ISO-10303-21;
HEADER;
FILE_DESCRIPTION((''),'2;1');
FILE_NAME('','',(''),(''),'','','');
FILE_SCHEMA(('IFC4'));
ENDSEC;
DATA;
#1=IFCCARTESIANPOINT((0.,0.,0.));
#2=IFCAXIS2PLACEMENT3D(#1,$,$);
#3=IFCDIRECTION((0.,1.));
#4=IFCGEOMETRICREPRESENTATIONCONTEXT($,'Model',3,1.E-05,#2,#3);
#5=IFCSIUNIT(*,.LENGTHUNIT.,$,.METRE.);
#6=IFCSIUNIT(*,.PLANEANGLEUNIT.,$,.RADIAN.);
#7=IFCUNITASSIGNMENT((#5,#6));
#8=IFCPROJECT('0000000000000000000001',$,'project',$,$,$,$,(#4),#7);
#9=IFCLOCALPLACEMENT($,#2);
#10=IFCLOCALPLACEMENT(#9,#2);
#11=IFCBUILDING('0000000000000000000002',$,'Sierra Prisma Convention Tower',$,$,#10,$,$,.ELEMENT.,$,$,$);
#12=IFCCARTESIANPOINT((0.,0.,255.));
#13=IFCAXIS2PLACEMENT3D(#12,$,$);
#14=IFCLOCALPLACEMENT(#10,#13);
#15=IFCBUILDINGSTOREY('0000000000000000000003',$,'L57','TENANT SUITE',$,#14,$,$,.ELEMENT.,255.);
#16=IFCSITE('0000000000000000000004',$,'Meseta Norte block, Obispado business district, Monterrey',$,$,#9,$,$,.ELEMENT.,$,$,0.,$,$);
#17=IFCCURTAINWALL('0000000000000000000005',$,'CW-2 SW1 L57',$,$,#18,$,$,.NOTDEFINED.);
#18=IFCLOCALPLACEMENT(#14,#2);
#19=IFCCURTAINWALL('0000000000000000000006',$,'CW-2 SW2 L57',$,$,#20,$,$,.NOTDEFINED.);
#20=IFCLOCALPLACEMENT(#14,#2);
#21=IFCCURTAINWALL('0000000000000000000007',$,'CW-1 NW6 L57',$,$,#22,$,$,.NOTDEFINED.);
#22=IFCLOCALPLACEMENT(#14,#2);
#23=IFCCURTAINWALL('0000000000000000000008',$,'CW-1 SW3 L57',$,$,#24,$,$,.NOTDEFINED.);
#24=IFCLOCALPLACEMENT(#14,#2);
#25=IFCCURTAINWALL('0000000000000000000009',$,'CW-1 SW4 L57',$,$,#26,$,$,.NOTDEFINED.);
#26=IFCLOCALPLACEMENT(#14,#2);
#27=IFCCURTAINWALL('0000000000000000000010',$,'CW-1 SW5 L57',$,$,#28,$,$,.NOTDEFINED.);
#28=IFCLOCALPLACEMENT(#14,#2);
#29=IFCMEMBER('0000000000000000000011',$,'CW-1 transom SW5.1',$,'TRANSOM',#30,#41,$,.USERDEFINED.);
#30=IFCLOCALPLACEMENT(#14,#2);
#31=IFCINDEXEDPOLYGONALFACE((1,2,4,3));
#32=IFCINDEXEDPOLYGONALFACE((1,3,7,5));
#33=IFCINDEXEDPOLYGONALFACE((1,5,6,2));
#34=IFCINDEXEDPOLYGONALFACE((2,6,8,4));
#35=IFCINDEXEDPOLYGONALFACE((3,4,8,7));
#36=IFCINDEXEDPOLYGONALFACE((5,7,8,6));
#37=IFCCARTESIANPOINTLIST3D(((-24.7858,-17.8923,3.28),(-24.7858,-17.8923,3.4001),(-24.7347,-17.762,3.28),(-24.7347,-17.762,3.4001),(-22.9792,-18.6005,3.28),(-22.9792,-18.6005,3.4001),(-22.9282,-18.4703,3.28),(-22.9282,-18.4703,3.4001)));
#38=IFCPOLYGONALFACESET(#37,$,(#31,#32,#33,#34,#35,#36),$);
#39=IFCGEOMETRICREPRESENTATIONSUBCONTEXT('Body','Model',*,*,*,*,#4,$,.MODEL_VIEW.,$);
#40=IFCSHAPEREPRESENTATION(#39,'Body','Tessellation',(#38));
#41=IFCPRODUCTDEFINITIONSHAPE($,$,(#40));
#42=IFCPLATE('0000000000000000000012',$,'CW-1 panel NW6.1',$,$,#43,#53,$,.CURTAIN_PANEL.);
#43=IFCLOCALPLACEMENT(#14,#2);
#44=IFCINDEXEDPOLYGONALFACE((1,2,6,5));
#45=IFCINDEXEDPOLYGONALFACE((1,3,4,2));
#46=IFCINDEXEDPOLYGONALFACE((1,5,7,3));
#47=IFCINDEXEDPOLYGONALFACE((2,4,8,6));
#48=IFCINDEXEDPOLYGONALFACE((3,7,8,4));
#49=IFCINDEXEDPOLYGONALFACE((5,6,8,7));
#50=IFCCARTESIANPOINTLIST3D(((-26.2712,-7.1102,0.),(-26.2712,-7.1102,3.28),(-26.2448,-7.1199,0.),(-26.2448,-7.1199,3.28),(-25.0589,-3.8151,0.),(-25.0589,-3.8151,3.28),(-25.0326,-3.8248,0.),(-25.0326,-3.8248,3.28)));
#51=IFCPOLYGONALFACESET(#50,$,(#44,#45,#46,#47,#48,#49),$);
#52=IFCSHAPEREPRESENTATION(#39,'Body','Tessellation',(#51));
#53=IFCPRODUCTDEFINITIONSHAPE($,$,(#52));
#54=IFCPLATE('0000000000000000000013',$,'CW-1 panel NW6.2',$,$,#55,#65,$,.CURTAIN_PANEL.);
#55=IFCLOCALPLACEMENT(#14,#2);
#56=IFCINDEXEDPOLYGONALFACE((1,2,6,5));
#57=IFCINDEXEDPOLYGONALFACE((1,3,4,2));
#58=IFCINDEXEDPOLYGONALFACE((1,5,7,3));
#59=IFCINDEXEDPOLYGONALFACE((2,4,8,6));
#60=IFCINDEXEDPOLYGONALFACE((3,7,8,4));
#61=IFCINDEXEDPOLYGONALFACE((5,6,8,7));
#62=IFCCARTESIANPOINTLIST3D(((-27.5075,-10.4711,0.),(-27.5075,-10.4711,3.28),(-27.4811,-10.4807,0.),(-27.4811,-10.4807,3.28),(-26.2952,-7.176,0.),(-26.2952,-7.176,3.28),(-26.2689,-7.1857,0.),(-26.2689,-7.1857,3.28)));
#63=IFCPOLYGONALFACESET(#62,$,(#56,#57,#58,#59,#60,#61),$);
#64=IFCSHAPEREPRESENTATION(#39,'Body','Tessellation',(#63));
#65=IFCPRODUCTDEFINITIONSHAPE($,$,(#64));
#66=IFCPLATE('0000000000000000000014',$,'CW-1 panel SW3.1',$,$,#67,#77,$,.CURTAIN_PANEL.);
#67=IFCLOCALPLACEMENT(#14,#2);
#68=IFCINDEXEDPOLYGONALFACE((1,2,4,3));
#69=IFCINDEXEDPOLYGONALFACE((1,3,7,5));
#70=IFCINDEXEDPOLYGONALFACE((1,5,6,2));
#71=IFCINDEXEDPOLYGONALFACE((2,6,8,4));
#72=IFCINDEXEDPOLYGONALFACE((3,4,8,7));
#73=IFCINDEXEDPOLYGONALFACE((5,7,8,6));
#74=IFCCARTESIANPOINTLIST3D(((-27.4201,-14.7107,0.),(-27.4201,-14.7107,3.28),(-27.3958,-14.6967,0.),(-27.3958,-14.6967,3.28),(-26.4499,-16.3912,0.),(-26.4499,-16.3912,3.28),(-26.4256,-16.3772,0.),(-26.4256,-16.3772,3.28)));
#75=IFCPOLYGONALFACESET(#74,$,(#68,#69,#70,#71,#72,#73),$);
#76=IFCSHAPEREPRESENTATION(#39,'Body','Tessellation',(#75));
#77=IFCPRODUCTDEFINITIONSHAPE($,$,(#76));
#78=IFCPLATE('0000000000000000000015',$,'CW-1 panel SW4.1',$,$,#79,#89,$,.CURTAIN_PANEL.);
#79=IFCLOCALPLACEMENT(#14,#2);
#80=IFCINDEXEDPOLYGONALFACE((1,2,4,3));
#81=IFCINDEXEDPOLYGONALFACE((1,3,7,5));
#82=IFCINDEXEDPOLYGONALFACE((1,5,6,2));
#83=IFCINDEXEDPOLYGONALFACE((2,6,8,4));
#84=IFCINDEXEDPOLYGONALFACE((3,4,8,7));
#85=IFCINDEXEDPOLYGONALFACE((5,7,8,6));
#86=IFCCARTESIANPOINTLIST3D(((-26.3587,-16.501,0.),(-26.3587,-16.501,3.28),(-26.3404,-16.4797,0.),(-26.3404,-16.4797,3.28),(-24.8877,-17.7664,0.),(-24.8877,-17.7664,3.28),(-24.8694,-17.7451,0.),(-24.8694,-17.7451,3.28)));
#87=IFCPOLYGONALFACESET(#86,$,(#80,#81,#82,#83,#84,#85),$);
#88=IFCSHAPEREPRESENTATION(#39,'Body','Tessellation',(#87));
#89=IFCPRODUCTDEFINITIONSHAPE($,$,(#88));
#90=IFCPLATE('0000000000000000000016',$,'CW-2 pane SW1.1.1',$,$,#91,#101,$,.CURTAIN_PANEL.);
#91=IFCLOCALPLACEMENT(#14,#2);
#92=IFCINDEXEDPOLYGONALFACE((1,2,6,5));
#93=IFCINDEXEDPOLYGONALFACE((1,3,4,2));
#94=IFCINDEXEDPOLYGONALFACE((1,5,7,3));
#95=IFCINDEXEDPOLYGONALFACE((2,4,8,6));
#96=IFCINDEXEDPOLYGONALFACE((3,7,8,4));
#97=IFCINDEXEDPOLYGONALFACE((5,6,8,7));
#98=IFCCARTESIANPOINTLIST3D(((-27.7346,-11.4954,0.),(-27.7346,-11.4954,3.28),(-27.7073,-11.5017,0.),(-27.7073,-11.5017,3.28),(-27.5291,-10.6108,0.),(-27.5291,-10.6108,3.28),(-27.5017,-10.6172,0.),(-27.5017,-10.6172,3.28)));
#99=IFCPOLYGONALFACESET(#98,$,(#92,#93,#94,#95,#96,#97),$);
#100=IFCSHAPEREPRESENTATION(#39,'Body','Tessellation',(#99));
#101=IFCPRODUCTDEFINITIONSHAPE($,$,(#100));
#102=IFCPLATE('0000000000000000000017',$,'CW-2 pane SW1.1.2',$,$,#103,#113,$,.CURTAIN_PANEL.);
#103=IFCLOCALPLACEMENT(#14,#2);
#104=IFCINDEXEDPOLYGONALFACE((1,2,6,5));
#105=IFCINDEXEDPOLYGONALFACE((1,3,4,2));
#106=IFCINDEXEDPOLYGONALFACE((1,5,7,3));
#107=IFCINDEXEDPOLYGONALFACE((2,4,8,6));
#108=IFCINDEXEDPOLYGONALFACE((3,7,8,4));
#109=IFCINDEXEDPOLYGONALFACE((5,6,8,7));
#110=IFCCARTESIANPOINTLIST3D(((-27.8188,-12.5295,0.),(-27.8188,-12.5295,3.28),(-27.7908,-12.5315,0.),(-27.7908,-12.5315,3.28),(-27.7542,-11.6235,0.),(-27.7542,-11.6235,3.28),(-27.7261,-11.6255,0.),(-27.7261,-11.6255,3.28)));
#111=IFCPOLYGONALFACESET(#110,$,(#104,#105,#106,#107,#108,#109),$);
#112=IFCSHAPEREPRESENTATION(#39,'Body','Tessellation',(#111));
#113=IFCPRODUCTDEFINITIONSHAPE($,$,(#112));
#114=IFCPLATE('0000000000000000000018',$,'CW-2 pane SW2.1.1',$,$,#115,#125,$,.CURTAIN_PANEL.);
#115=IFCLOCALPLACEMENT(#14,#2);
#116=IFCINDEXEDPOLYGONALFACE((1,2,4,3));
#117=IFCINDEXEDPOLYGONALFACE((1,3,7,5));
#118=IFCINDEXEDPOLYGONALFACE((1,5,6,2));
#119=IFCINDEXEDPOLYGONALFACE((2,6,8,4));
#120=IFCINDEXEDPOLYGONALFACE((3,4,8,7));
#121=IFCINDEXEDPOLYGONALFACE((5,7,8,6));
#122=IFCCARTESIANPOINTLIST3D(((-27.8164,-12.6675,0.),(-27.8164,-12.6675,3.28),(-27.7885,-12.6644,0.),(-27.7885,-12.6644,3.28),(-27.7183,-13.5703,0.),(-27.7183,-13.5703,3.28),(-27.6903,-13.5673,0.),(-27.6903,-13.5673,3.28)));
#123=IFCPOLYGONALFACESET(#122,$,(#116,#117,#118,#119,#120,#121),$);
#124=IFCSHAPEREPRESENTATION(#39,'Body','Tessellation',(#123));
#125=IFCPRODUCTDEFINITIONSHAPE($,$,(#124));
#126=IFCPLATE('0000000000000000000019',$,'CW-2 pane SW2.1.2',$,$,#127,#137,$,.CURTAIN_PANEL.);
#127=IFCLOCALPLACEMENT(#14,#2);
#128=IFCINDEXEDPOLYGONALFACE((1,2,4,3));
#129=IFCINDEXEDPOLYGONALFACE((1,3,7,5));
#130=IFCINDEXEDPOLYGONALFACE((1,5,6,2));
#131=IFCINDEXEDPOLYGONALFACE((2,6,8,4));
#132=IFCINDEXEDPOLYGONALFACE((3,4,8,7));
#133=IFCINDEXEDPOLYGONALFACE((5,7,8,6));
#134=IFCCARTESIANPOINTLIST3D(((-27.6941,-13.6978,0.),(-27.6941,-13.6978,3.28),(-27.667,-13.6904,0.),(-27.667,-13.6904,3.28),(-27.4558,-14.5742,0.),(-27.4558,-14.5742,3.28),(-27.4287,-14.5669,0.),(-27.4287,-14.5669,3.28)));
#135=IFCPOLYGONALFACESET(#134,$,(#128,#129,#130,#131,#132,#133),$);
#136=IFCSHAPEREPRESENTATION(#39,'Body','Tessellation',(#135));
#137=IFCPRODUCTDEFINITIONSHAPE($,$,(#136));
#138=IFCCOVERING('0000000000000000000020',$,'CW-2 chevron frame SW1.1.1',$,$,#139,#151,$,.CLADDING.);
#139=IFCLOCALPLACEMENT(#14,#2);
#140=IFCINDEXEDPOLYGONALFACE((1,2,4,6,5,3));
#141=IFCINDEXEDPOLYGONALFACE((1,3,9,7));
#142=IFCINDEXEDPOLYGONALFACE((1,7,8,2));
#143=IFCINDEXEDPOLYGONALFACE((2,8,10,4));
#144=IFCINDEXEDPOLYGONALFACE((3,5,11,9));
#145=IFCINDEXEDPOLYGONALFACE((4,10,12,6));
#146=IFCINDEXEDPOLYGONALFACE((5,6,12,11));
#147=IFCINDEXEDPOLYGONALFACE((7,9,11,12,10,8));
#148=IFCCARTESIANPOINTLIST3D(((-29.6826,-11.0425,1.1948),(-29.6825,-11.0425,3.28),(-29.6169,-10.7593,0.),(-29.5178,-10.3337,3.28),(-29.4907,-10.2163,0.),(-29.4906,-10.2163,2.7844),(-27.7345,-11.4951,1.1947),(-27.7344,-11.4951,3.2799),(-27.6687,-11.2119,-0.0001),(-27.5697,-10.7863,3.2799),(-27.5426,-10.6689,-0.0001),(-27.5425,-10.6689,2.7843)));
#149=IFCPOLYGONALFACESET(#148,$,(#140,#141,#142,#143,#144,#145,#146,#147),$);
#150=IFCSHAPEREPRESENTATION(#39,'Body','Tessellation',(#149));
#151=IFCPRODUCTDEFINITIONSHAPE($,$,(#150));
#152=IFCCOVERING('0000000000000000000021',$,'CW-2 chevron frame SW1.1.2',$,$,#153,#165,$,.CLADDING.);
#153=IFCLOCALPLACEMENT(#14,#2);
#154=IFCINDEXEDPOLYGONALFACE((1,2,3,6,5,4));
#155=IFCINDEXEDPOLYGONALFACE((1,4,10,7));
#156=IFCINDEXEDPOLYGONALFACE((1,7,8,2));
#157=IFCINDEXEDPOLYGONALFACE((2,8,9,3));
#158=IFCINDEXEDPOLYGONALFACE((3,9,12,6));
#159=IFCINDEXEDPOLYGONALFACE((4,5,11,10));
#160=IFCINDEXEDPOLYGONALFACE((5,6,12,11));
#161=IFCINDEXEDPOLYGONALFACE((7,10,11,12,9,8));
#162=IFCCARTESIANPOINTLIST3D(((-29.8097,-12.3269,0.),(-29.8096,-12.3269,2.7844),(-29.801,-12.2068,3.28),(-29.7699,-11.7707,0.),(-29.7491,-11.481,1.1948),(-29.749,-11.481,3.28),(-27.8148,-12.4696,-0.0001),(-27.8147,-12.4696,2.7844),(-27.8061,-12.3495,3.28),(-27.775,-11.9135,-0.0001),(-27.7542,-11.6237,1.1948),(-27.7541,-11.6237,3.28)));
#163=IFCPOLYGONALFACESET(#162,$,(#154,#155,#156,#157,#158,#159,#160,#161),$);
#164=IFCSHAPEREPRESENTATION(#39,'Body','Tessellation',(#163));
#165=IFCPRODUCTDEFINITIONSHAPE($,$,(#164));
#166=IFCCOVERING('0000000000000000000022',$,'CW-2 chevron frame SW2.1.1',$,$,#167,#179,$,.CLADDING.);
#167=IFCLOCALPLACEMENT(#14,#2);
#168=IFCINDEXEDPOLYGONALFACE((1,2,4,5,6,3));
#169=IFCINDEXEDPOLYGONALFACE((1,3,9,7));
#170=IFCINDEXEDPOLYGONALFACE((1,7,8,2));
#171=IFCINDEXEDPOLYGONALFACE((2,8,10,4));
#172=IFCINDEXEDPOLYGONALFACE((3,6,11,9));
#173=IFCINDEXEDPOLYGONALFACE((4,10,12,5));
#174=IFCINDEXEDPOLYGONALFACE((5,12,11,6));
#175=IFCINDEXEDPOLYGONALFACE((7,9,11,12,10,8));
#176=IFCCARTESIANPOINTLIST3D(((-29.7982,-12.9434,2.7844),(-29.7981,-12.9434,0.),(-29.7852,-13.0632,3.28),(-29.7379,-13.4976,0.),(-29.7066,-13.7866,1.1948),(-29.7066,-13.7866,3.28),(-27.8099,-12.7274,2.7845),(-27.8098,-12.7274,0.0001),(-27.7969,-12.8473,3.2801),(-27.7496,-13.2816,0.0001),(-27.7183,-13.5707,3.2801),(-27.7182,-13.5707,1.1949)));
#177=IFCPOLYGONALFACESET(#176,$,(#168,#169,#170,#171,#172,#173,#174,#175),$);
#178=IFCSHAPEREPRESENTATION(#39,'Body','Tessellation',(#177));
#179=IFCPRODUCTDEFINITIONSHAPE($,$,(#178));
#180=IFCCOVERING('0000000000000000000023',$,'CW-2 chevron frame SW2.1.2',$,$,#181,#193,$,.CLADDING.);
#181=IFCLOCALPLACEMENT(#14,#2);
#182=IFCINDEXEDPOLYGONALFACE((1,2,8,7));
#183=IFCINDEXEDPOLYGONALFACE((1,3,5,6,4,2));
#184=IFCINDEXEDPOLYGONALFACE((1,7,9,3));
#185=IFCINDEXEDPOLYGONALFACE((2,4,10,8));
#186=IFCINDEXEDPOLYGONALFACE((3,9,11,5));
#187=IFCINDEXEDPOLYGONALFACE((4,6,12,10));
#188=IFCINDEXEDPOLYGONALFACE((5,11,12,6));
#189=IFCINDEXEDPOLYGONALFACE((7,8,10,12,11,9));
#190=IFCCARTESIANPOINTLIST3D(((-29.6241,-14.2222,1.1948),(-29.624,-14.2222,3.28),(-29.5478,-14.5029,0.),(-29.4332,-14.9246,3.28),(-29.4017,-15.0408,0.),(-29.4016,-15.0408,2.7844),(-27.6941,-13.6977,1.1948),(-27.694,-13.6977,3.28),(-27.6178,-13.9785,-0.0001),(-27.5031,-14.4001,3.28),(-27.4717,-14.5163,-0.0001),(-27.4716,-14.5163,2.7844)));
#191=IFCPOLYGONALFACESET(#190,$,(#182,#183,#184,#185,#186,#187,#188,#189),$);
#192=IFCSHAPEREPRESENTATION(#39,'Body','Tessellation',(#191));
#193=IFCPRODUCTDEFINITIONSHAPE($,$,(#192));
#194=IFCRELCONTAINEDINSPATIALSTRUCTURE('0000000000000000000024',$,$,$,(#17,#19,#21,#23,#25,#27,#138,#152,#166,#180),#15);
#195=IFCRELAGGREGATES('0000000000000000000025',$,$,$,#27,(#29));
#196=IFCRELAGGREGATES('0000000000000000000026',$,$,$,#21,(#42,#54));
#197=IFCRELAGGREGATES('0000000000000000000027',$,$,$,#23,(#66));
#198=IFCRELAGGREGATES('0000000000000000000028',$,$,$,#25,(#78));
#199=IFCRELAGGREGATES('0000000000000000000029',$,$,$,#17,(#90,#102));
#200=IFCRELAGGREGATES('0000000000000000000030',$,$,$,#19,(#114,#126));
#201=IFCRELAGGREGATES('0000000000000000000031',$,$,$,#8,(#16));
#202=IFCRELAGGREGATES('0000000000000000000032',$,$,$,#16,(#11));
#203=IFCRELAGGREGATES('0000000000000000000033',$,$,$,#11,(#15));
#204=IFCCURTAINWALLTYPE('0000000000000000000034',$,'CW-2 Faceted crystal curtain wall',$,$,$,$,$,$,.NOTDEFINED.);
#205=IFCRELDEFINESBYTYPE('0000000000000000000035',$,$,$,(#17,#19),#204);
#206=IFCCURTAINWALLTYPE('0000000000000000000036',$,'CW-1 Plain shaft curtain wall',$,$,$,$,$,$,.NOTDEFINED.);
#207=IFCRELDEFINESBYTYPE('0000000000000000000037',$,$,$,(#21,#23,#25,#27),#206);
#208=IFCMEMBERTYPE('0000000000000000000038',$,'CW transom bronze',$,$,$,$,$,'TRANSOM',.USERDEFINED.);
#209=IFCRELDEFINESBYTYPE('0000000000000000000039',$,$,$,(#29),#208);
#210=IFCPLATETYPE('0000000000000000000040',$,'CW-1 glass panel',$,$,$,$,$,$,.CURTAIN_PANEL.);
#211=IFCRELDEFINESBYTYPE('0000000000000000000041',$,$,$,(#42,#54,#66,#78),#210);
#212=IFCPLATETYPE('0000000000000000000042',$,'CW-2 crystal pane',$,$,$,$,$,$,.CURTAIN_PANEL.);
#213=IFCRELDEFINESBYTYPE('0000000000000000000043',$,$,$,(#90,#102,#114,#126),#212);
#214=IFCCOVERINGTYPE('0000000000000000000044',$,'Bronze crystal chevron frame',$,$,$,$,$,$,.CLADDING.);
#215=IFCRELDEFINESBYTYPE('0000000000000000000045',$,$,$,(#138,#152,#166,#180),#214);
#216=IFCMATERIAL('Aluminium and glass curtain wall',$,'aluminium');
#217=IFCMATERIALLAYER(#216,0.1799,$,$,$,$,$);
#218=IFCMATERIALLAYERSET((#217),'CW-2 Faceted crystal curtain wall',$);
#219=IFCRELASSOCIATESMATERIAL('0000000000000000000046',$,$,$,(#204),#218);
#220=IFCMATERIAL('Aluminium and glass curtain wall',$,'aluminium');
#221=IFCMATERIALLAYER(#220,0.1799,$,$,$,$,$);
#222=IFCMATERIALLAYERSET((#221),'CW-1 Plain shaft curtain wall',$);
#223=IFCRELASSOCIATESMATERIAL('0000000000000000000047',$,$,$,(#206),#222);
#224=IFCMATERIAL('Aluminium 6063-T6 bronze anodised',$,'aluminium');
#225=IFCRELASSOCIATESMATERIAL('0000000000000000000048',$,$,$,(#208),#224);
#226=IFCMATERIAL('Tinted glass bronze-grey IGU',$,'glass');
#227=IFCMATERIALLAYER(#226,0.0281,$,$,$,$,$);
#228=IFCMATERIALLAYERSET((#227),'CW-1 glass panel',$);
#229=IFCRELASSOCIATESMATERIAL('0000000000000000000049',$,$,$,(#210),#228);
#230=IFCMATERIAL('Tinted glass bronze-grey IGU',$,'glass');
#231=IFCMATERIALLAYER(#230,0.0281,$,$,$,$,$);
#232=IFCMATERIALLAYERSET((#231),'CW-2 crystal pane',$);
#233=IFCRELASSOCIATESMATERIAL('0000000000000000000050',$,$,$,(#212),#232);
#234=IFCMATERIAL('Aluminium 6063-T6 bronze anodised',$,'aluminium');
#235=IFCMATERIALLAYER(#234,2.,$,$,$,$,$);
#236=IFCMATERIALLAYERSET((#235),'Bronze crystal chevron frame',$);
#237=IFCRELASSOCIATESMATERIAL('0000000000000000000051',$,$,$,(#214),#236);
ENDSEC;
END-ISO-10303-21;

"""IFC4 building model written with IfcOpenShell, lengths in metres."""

from ifc_helpers import new_model, si_unit, direction, frame, origin, origin_2d, place, context, subcontext, project, spatial, polyline, rectangle, outline, extrude, material, layer, layer_set, material_profile, profile_set, type_object, element, aggregate, save


model = new_model("IFC4")

# Units and contexts
model_context = context("Model", 3, precision=1e-05, world=origin(), true_north=direction((0.0, 1.0)))
body_context = subcontext(model_context, "Body", "Model", "MODEL_VIEW")
ifc_project = project(units=[si_unit("LENGTHUNIT", "METRE"), si_unit("PLANEANGLEUNIT", "RADIAN")], contexts=[model_context])

# Site, building, storey
site_placement = place(None, origin())
site = spatial("IfcSite", under=ifc_project, at=site_placement, Name="Meseta Norte block, Obispado business district, Monterrey", CompositionType="ELEMENT", RefElevation=0.0)
building_placement = place(site_placement, origin())
building = spatial("IfcBuilding", under=site, at=building_placement, Name="Sierra Prisma Convention Tower", CompositionType="ELEMENT")
storey_placement = place(building_placement, frame((0.0, 0.0, 255.0)))
storey = spatial("IfcBuildingStorey", under=building, at=storey_placement, Name="L57", Description="TENANT SUITE", CompositionType="ELEMENT", Elevation=255.0)

# Curtain walls
ifc_material_1 = material(Name="Aluminium and glass curtain wall", Category="aluminium")
ifc_layer_1 = layer(ifc_material_1, 0.1799)
ifc_layer_set_1 = layer_set([ifc_layer_1], Name="CW-2 Faceted crystal curtain wall")
curtain_wall_type_1 = type_object("IfcCurtainWallType", Name="CW-2 Faceted crystal curtain wall", PredefinedType="NOTDEFINED", material=ifc_layer_set_1)
curtain_wall_1_placement = place(storey_placement, origin())
curtain_wall_1 = element("IfcCurtainWall", 1, at=curtain_wall_1_placement, inside=storey, type_object=curtain_wall_type_1, Name="CW-2 SW1 L57", PredefinedType="NOTDEFINED")
curtain_wall_2_placement = place(storey_placement, origin())
curtain_wall_2 = element("IfcCurtainWall", 2, at=curtain_wall_2_placement, inside=storey, type_object=curtain_wall_type_1, Name="CW-2 SW2 L57", PredefinedType="NOTDEFINED")
ifc_material_2 = material(Name="Aluminium and glass curtain wall", Category="aluminium")
ifc_layer_2 = layer(ifc_material_2, 0.1799)
ifc_layer_set_2 = layer_set([ifc_layer_2], Name="CW-1 Plain shaft curtain wall")
curtain_wall_type_2 = type_object("IfcCurtainWallType", Name="CW-1 Plain shaft curtain wall", PredefinedType="NOTDEFINED", material=ifc_layer_set_2)
curtain_wall_3_placement = place(storey_placement, origin())
curtain_wall_3 = element("IfcCurtainWall", 3, at=curtain_wall_3_placement, inside=storey, type_object=curtain_wall_type_2, Name="CW-1 NW6 L57", PredefinedType="NOTDEFINED")

# Curtain walls
curtain_wall_4_placement = place(storey_placement, origin())
curtain_wall_4 = element("IfcCurtainWall", 4, at=curtain_wall_4_placement, inside=storey, type_object=curtain_wall_type_2, Name="CW-1 SW3 L57", PredefinedType="NOTDEFINED")
curtain_wall_5_placement = place(storey_placement, origin())
curtain_wall_5 = element("IfcCurtainWall", 5, at=curtain_wall_5_placement, inside=storey, type_object=curtain_wall_type_2, Name="CW-1 SW4 L57", PredefinedType="NOTDEFINED")
curtain_wall_6_placement = place(storey_placement, origin())
curtain_wall_6 = element("IfcCurtainWall", 6, at=curtain_wall_6_placement, inside=storey, type_object=curtain_wall_type_2, Name="CW-1 SW5 L57", PredefinedType="NOTDEFINED")

# Member
ifc_material_3 = material(Name="Aluminium 6063-T6 bronze anodised", Category="aluminium")
ifc_material_profile_1 = material_profile(ifc_material_3, rectangle(XDim=0.1399, YDim=0.1201, at=origin_2d()), Name="ALU TRANSOM 120x140")
ifc_profile_set_1 = profile_set([ifc_material_profile_1], Name="Aluminium 6063-T6 bronze anodised")
member_type_1 = type_object("IfcMemberType", Name="CW transom bronze", ElementType="TRANSOM", PredefinedType="USERDEFINED", material=ifc_profile_set_1)
member_1_placement = place(storey_placement, frame((-24.7603, -17.8271, 3.3401), z_axis=(0.931014, -0.364983, 0.0), x_axis=(0.364983, 0.931014, 0.0)))
member_1 = element("IfcMember", 7, at=member_1_placement, type_object=member_type_1, Name="CW-1 transom SW5.1", ObjectType="TRANSOM", PredefinedType="USERDEFINED", context=body_context, shape_type="SweptSolid", body=[
    extrude(rectangle(XDim=0.1399, YDim=0.1201, at=origin_2d()), origin(), (0.0, 0.0, 1.0), 1.9404),
])
aggregate(curtain_wall_6, [member_1])

# Plates
ifc_material_4 = material(Name="Tinted glass bronze-grey IGU", Category="glass")
ifc_layer_3 = layer(ifc_material_4, 0.0281)
ifc_layer_set_3 = layer_set([ifc_layer_3], Name="CW-1 glass panel")
plate_type_1 = type_object("IfcPlateType", Name="CW-1 glass panel", PredefinedType="CURTAIN_PANEL", material=ifc_layer_set_3)
plate_1_placement = place(storey_placement, frame((-25.6519, -5.4675, 0.0), z_axis=(0.0, 0.0, 1.0), x_axis=(-0.345274, -0.938502, 0.0)))
plate_1 = element("IfcPlate", 8, at=plate_1_placement, type_object=plate_type_1, Name="CW-1 panel NW6.1", PredefinedType="CURTAIN_PANEL", context=body_context, shape_type="SweptSolid", body=[
    extrude(rectangle(XDim=3.511, YDim=0.0281, at=origin_2d()), origin(), (0.0, 0.0, 1.0), 3.28),
])
plate_2_placement = place(storey_placement, frame((-26.8882, -8.8284, 0.0), z_axis=(0.0, 0.0, 1.0), x_axis=(-0.345274, -0.938502, 0.0)))
plate_2 = element("IfcPlate", 9, at=plate_2_placement, type_object=plate_type_1, Name="CW-1 panel NW6.2", PredefinedType="CURTAIN_PANEL", context=body_context, shape_type="SweptSolid", body=[
    extrude(rectangle(XDim=3.511, YDim=0.0281, at=origin_2d()), origin(), (0.0, 0.0, 1.0), 3.28),
])
aggregate(curtain_wall_3, [plate_1, plate_2])
plate_3_placement = place(storey_placement, frame((-26.9229, -15.5439, 0.0), z_axis=(0.0, 0.0, 1.0), x_axis=(0.5, -0.866025, 0.0)))
plate_3 = element("IfcPlate", 10, at=plate_3_placement, type_object=plate_type_1, Name="CW-1 panel SW3.1", PredefinedType="CURTAIN_PANEL", context=body_context, shape_type="SweptSolid", body=[
    extrude(rectangle(XDim=1.9404, YDim=0.0281, at=origin_2d()), origin(), (0.0, 0.0, 1.0), 3.28),
])
aggregate(curtain_wall_4, [plate_3])
plate_4_placement = place(storey_placement, frame((-25.614, -17.123, 0.0), z_axis=(0.0, 0.0, 1.0), x_axis=(0.758081, -0.652161, 0.0)))
plate_4 = element("IfcPlate", 11, at=plate_4_placement, type_object=plate_type_1, Name="CW-1 panel SW4.1", PredefinedType="CURTAIN_PANEL", context=body_context, shape_type="SweptSolid", body=[
    extrude(rectangle(XDim=1.9404, YDim=0.0281, at=origin_2d()), origin(), (0.0, 0.0, 1.0), 3.28),
])
aggregate(curtain_wall_5, [plate_4])
ifc_material_5 = material(Name="Tinted glass bronze-grey IGU", Category="glass")
ifc_layer_4 = layer(ifc_material_5, 0.0281)
ifc_layer_set_4 = layer_set([ifc_layer_4], Name="CW-2 crystal pane")
plate_type_2 = type_object("IfcPlateType", Name="CW-2 crystal pane", PredefinedType="CURTAIN_PANEL", material=ifc_layer_set_4)
plate_5_placement = place(storey_placement, frame((-27.5291, -10.6108, 0.0), z_axis=(-0.974041, 0.226371, 0.0), x_axis=(-0.226371, -0.974041, 0.0)))
plate_5 = element("IfcPlate", 12, at=plate_5_placement, type_object=plate_type_2, Name="CW-2 pane SW1.1.1", PredefinedType="CURTAIN_PANEL", context=body_context, shape_type="SweptSolid", body=[
    extrude(outline(polyline([(0.0, 0.0), (0.9081, 0.0), (0.9081, 3.28), (0.0, 3.28), (0.0, 0.0)])), origin(), (0.0, 0.0, -1.0), 0.0281),
])
plate_6_placement = place(storey_placement, frame((-27.8188, -12.5295, 0.0), z_axis=(-0.99746, 0.071228, 0.0), x_axis=(0.071228, 0.99746, 0.0)))
plate_6 = element("IfcPlate", 13, at=plate_6_placement, type_object=plate_type_2, Name="CW-2 pane SW1.1.2", PredefinedType="CURTAIN_PANEL", context=body_context, shape_type="SweptSolid", body=[
    extrude(outline(polyline([(0.0, 0.0), (0.9083, 0.0), (0.9083, -3.28), (0.0, -3.28), (0.0, 0.0)])), origin(), (0.0, 0.0, -1.0), 0.0281),
])
aggregate(curtain_wall_1, [plate_5, plate_6])
plate_7_placement = place(storey_placement, frame((-27.8164, -12.6675, 0.0), z_axis=(-0.994143, -0.108071, 0.0), x_axis=(0.108071, -0.994143, 0.0)))
plate_7 = element("IfcPlate", 14, at=plate_7_placement, type_object=plate_type_2, Name="CW-2 pane SW2.1.1", PredefinedType="CURTAIN_PANEL", context=body_context, shape_type="SweptSolid", body=[
    extrude(outline(polyline([(0.0, 0.0), (0.9082, 0.0), (0.9082, 3.28), (0.0, 3.28), (0.0, 0.0)])), origin(), (0.0, 0.0, -1.0), 0.0281),
])
plate_8_placement = place(storey_placement, frame((-27.4558, -14.5742, 0.0), z_axis=(-0.964974, -0.262344, 0.0), x_axis=(-0.262344, 0.964974, 0.0)))
plate_8 = element("IfcPlate", 15, at=plate_8_placement, type_object=plate_type_2, Name="CW-2 pane SW2.1.2", PredefinedType="CURTAIN_PANEL", context=body_context, shape_type="SweptSolid", body=[
    extrude(outline(polyline([(0.0, 0.0), (0.9083, 0.0), (0.9083, -3.28), (0.0, -3.28), (0.0, 0.0)])), origin(), (0.0, 0.0, -1.0), 0.0281),
])
aggregate(curtain_wall_2, [plate_7, plate_8])

# Coverings
ifc_material_6 = material(Name="Aluminium 6063-T6 bronze anodised", Category="aluminium")
ifc_layer_5 = layer(ifc_material_6, 2.0)
ifc_layer_set_5 = layer_set([ifc_layer_5], Name="Bronze crystal chevron frame")
covering_type = type_object("IfcCoveringType", Name="Bronze crystal chevron frame", PredefinedType="CLADDING", material=ifc_layer_set_5)
covering_1_placement = place(storey_placement, frame((-29.4907, -10.2163, 0.0), z_axis=(-0.974061, 0.226286, 0.000045), x_axis=(-0.226286, -0.974061, 0.0)))
element("IfcCovering", 16, at=covering_1_placement, inside=storey, type_object=covering_type, Name="CW-2 chevron frame SW1.1.1", PredefinedType="CLADDING", context=body_context, shape_type="SweptSolid", body=[
    extrude(outline(polyline([(0.0, 0.0), (0.5574, 0.0), (0.8482, 1.1948), (0.8482, 3.28), (0.1205, 3.28), (0.0, 2.7844), (0.0, 0.0)])), origin(), (0.0, 0.0, -1.0), 2.0),
])
covering_2_placement = place(storey_placement, frame((-29.749, -11.481, 3.28), z_axis=(-0.99745, 0.071369, 0.000033), x_axis=(-0.000033, 0.000002, -1.0)))
element("IfcCovering", 17, at=covering_2_placement, inside=storey, type_object=covering_type, Name="CW-2 chevron frame SW1.1.2", PredefinedType="CLADDING", context=body_context, shape_type="SweptSolid", body=[
    extrude(outline(polyline([(0.0, 0.0), (2.0852, 0.0), (3.28, 0.2905), (3.28, 0.8481), (0.4956, 0.8481), (0.0, 0.7277), (0.0, 0.0)])), origin(), (0.0, 0.0, -1.0), 2.0),
])
covering_3_placement = place(storey_placement, frame((-29.7981, -12.9434, 0.0), z_axis=(-0.994154, -0.107973, -0.000034), x_axis=(0.107973, -0.994154, 0.0)))
element("IfcCovering", 18, at=covering_3_placement, inside=storey, type_object=covering_type, Name="CW-2 chevron frame SW2.1.1", PredefinedType="CLADDING", context=body_context, shape_type="SweptSolid", body=[
    extrude(outline(polyline([(0.0, 0.0), (0.5575, 0.0), (0.8482, 1.1948), (0.8482, 3.28), (0.1206, 3.28), (0.0, 2.7844), (0.0, 0.0)])), origin(), (0.0, 0.0, -1.0), 2.0),
])
covering_4_placement = place(storey_placement, frame((-29.624, -14.2222, 3.28), z_axis=(-0.965007, -0.262223, 0.00003), x_axis=(-0.000029, -0.000008, -1.0)))
element("IfcCovering", 19, at=covering_4_placement, inside=storey, type_object=covering_type, Name="CW-2 chevron frame SW2.1.2", PredefinedType="CLADDING", context=body_context, shape_type="SweptSolid", body=[
    extrude(outline(polyline([(0.0, 0.0), (2.0852, 0.0), (3.28, 0.2909), (3.28, 0.8483), (0.4956, 0.8483), (0.0, 0.7279), (0.0, 0.0)])), origin(), (0.0, 0.0, -1.0), 2.0),
])

save(model, "model.ifc")
